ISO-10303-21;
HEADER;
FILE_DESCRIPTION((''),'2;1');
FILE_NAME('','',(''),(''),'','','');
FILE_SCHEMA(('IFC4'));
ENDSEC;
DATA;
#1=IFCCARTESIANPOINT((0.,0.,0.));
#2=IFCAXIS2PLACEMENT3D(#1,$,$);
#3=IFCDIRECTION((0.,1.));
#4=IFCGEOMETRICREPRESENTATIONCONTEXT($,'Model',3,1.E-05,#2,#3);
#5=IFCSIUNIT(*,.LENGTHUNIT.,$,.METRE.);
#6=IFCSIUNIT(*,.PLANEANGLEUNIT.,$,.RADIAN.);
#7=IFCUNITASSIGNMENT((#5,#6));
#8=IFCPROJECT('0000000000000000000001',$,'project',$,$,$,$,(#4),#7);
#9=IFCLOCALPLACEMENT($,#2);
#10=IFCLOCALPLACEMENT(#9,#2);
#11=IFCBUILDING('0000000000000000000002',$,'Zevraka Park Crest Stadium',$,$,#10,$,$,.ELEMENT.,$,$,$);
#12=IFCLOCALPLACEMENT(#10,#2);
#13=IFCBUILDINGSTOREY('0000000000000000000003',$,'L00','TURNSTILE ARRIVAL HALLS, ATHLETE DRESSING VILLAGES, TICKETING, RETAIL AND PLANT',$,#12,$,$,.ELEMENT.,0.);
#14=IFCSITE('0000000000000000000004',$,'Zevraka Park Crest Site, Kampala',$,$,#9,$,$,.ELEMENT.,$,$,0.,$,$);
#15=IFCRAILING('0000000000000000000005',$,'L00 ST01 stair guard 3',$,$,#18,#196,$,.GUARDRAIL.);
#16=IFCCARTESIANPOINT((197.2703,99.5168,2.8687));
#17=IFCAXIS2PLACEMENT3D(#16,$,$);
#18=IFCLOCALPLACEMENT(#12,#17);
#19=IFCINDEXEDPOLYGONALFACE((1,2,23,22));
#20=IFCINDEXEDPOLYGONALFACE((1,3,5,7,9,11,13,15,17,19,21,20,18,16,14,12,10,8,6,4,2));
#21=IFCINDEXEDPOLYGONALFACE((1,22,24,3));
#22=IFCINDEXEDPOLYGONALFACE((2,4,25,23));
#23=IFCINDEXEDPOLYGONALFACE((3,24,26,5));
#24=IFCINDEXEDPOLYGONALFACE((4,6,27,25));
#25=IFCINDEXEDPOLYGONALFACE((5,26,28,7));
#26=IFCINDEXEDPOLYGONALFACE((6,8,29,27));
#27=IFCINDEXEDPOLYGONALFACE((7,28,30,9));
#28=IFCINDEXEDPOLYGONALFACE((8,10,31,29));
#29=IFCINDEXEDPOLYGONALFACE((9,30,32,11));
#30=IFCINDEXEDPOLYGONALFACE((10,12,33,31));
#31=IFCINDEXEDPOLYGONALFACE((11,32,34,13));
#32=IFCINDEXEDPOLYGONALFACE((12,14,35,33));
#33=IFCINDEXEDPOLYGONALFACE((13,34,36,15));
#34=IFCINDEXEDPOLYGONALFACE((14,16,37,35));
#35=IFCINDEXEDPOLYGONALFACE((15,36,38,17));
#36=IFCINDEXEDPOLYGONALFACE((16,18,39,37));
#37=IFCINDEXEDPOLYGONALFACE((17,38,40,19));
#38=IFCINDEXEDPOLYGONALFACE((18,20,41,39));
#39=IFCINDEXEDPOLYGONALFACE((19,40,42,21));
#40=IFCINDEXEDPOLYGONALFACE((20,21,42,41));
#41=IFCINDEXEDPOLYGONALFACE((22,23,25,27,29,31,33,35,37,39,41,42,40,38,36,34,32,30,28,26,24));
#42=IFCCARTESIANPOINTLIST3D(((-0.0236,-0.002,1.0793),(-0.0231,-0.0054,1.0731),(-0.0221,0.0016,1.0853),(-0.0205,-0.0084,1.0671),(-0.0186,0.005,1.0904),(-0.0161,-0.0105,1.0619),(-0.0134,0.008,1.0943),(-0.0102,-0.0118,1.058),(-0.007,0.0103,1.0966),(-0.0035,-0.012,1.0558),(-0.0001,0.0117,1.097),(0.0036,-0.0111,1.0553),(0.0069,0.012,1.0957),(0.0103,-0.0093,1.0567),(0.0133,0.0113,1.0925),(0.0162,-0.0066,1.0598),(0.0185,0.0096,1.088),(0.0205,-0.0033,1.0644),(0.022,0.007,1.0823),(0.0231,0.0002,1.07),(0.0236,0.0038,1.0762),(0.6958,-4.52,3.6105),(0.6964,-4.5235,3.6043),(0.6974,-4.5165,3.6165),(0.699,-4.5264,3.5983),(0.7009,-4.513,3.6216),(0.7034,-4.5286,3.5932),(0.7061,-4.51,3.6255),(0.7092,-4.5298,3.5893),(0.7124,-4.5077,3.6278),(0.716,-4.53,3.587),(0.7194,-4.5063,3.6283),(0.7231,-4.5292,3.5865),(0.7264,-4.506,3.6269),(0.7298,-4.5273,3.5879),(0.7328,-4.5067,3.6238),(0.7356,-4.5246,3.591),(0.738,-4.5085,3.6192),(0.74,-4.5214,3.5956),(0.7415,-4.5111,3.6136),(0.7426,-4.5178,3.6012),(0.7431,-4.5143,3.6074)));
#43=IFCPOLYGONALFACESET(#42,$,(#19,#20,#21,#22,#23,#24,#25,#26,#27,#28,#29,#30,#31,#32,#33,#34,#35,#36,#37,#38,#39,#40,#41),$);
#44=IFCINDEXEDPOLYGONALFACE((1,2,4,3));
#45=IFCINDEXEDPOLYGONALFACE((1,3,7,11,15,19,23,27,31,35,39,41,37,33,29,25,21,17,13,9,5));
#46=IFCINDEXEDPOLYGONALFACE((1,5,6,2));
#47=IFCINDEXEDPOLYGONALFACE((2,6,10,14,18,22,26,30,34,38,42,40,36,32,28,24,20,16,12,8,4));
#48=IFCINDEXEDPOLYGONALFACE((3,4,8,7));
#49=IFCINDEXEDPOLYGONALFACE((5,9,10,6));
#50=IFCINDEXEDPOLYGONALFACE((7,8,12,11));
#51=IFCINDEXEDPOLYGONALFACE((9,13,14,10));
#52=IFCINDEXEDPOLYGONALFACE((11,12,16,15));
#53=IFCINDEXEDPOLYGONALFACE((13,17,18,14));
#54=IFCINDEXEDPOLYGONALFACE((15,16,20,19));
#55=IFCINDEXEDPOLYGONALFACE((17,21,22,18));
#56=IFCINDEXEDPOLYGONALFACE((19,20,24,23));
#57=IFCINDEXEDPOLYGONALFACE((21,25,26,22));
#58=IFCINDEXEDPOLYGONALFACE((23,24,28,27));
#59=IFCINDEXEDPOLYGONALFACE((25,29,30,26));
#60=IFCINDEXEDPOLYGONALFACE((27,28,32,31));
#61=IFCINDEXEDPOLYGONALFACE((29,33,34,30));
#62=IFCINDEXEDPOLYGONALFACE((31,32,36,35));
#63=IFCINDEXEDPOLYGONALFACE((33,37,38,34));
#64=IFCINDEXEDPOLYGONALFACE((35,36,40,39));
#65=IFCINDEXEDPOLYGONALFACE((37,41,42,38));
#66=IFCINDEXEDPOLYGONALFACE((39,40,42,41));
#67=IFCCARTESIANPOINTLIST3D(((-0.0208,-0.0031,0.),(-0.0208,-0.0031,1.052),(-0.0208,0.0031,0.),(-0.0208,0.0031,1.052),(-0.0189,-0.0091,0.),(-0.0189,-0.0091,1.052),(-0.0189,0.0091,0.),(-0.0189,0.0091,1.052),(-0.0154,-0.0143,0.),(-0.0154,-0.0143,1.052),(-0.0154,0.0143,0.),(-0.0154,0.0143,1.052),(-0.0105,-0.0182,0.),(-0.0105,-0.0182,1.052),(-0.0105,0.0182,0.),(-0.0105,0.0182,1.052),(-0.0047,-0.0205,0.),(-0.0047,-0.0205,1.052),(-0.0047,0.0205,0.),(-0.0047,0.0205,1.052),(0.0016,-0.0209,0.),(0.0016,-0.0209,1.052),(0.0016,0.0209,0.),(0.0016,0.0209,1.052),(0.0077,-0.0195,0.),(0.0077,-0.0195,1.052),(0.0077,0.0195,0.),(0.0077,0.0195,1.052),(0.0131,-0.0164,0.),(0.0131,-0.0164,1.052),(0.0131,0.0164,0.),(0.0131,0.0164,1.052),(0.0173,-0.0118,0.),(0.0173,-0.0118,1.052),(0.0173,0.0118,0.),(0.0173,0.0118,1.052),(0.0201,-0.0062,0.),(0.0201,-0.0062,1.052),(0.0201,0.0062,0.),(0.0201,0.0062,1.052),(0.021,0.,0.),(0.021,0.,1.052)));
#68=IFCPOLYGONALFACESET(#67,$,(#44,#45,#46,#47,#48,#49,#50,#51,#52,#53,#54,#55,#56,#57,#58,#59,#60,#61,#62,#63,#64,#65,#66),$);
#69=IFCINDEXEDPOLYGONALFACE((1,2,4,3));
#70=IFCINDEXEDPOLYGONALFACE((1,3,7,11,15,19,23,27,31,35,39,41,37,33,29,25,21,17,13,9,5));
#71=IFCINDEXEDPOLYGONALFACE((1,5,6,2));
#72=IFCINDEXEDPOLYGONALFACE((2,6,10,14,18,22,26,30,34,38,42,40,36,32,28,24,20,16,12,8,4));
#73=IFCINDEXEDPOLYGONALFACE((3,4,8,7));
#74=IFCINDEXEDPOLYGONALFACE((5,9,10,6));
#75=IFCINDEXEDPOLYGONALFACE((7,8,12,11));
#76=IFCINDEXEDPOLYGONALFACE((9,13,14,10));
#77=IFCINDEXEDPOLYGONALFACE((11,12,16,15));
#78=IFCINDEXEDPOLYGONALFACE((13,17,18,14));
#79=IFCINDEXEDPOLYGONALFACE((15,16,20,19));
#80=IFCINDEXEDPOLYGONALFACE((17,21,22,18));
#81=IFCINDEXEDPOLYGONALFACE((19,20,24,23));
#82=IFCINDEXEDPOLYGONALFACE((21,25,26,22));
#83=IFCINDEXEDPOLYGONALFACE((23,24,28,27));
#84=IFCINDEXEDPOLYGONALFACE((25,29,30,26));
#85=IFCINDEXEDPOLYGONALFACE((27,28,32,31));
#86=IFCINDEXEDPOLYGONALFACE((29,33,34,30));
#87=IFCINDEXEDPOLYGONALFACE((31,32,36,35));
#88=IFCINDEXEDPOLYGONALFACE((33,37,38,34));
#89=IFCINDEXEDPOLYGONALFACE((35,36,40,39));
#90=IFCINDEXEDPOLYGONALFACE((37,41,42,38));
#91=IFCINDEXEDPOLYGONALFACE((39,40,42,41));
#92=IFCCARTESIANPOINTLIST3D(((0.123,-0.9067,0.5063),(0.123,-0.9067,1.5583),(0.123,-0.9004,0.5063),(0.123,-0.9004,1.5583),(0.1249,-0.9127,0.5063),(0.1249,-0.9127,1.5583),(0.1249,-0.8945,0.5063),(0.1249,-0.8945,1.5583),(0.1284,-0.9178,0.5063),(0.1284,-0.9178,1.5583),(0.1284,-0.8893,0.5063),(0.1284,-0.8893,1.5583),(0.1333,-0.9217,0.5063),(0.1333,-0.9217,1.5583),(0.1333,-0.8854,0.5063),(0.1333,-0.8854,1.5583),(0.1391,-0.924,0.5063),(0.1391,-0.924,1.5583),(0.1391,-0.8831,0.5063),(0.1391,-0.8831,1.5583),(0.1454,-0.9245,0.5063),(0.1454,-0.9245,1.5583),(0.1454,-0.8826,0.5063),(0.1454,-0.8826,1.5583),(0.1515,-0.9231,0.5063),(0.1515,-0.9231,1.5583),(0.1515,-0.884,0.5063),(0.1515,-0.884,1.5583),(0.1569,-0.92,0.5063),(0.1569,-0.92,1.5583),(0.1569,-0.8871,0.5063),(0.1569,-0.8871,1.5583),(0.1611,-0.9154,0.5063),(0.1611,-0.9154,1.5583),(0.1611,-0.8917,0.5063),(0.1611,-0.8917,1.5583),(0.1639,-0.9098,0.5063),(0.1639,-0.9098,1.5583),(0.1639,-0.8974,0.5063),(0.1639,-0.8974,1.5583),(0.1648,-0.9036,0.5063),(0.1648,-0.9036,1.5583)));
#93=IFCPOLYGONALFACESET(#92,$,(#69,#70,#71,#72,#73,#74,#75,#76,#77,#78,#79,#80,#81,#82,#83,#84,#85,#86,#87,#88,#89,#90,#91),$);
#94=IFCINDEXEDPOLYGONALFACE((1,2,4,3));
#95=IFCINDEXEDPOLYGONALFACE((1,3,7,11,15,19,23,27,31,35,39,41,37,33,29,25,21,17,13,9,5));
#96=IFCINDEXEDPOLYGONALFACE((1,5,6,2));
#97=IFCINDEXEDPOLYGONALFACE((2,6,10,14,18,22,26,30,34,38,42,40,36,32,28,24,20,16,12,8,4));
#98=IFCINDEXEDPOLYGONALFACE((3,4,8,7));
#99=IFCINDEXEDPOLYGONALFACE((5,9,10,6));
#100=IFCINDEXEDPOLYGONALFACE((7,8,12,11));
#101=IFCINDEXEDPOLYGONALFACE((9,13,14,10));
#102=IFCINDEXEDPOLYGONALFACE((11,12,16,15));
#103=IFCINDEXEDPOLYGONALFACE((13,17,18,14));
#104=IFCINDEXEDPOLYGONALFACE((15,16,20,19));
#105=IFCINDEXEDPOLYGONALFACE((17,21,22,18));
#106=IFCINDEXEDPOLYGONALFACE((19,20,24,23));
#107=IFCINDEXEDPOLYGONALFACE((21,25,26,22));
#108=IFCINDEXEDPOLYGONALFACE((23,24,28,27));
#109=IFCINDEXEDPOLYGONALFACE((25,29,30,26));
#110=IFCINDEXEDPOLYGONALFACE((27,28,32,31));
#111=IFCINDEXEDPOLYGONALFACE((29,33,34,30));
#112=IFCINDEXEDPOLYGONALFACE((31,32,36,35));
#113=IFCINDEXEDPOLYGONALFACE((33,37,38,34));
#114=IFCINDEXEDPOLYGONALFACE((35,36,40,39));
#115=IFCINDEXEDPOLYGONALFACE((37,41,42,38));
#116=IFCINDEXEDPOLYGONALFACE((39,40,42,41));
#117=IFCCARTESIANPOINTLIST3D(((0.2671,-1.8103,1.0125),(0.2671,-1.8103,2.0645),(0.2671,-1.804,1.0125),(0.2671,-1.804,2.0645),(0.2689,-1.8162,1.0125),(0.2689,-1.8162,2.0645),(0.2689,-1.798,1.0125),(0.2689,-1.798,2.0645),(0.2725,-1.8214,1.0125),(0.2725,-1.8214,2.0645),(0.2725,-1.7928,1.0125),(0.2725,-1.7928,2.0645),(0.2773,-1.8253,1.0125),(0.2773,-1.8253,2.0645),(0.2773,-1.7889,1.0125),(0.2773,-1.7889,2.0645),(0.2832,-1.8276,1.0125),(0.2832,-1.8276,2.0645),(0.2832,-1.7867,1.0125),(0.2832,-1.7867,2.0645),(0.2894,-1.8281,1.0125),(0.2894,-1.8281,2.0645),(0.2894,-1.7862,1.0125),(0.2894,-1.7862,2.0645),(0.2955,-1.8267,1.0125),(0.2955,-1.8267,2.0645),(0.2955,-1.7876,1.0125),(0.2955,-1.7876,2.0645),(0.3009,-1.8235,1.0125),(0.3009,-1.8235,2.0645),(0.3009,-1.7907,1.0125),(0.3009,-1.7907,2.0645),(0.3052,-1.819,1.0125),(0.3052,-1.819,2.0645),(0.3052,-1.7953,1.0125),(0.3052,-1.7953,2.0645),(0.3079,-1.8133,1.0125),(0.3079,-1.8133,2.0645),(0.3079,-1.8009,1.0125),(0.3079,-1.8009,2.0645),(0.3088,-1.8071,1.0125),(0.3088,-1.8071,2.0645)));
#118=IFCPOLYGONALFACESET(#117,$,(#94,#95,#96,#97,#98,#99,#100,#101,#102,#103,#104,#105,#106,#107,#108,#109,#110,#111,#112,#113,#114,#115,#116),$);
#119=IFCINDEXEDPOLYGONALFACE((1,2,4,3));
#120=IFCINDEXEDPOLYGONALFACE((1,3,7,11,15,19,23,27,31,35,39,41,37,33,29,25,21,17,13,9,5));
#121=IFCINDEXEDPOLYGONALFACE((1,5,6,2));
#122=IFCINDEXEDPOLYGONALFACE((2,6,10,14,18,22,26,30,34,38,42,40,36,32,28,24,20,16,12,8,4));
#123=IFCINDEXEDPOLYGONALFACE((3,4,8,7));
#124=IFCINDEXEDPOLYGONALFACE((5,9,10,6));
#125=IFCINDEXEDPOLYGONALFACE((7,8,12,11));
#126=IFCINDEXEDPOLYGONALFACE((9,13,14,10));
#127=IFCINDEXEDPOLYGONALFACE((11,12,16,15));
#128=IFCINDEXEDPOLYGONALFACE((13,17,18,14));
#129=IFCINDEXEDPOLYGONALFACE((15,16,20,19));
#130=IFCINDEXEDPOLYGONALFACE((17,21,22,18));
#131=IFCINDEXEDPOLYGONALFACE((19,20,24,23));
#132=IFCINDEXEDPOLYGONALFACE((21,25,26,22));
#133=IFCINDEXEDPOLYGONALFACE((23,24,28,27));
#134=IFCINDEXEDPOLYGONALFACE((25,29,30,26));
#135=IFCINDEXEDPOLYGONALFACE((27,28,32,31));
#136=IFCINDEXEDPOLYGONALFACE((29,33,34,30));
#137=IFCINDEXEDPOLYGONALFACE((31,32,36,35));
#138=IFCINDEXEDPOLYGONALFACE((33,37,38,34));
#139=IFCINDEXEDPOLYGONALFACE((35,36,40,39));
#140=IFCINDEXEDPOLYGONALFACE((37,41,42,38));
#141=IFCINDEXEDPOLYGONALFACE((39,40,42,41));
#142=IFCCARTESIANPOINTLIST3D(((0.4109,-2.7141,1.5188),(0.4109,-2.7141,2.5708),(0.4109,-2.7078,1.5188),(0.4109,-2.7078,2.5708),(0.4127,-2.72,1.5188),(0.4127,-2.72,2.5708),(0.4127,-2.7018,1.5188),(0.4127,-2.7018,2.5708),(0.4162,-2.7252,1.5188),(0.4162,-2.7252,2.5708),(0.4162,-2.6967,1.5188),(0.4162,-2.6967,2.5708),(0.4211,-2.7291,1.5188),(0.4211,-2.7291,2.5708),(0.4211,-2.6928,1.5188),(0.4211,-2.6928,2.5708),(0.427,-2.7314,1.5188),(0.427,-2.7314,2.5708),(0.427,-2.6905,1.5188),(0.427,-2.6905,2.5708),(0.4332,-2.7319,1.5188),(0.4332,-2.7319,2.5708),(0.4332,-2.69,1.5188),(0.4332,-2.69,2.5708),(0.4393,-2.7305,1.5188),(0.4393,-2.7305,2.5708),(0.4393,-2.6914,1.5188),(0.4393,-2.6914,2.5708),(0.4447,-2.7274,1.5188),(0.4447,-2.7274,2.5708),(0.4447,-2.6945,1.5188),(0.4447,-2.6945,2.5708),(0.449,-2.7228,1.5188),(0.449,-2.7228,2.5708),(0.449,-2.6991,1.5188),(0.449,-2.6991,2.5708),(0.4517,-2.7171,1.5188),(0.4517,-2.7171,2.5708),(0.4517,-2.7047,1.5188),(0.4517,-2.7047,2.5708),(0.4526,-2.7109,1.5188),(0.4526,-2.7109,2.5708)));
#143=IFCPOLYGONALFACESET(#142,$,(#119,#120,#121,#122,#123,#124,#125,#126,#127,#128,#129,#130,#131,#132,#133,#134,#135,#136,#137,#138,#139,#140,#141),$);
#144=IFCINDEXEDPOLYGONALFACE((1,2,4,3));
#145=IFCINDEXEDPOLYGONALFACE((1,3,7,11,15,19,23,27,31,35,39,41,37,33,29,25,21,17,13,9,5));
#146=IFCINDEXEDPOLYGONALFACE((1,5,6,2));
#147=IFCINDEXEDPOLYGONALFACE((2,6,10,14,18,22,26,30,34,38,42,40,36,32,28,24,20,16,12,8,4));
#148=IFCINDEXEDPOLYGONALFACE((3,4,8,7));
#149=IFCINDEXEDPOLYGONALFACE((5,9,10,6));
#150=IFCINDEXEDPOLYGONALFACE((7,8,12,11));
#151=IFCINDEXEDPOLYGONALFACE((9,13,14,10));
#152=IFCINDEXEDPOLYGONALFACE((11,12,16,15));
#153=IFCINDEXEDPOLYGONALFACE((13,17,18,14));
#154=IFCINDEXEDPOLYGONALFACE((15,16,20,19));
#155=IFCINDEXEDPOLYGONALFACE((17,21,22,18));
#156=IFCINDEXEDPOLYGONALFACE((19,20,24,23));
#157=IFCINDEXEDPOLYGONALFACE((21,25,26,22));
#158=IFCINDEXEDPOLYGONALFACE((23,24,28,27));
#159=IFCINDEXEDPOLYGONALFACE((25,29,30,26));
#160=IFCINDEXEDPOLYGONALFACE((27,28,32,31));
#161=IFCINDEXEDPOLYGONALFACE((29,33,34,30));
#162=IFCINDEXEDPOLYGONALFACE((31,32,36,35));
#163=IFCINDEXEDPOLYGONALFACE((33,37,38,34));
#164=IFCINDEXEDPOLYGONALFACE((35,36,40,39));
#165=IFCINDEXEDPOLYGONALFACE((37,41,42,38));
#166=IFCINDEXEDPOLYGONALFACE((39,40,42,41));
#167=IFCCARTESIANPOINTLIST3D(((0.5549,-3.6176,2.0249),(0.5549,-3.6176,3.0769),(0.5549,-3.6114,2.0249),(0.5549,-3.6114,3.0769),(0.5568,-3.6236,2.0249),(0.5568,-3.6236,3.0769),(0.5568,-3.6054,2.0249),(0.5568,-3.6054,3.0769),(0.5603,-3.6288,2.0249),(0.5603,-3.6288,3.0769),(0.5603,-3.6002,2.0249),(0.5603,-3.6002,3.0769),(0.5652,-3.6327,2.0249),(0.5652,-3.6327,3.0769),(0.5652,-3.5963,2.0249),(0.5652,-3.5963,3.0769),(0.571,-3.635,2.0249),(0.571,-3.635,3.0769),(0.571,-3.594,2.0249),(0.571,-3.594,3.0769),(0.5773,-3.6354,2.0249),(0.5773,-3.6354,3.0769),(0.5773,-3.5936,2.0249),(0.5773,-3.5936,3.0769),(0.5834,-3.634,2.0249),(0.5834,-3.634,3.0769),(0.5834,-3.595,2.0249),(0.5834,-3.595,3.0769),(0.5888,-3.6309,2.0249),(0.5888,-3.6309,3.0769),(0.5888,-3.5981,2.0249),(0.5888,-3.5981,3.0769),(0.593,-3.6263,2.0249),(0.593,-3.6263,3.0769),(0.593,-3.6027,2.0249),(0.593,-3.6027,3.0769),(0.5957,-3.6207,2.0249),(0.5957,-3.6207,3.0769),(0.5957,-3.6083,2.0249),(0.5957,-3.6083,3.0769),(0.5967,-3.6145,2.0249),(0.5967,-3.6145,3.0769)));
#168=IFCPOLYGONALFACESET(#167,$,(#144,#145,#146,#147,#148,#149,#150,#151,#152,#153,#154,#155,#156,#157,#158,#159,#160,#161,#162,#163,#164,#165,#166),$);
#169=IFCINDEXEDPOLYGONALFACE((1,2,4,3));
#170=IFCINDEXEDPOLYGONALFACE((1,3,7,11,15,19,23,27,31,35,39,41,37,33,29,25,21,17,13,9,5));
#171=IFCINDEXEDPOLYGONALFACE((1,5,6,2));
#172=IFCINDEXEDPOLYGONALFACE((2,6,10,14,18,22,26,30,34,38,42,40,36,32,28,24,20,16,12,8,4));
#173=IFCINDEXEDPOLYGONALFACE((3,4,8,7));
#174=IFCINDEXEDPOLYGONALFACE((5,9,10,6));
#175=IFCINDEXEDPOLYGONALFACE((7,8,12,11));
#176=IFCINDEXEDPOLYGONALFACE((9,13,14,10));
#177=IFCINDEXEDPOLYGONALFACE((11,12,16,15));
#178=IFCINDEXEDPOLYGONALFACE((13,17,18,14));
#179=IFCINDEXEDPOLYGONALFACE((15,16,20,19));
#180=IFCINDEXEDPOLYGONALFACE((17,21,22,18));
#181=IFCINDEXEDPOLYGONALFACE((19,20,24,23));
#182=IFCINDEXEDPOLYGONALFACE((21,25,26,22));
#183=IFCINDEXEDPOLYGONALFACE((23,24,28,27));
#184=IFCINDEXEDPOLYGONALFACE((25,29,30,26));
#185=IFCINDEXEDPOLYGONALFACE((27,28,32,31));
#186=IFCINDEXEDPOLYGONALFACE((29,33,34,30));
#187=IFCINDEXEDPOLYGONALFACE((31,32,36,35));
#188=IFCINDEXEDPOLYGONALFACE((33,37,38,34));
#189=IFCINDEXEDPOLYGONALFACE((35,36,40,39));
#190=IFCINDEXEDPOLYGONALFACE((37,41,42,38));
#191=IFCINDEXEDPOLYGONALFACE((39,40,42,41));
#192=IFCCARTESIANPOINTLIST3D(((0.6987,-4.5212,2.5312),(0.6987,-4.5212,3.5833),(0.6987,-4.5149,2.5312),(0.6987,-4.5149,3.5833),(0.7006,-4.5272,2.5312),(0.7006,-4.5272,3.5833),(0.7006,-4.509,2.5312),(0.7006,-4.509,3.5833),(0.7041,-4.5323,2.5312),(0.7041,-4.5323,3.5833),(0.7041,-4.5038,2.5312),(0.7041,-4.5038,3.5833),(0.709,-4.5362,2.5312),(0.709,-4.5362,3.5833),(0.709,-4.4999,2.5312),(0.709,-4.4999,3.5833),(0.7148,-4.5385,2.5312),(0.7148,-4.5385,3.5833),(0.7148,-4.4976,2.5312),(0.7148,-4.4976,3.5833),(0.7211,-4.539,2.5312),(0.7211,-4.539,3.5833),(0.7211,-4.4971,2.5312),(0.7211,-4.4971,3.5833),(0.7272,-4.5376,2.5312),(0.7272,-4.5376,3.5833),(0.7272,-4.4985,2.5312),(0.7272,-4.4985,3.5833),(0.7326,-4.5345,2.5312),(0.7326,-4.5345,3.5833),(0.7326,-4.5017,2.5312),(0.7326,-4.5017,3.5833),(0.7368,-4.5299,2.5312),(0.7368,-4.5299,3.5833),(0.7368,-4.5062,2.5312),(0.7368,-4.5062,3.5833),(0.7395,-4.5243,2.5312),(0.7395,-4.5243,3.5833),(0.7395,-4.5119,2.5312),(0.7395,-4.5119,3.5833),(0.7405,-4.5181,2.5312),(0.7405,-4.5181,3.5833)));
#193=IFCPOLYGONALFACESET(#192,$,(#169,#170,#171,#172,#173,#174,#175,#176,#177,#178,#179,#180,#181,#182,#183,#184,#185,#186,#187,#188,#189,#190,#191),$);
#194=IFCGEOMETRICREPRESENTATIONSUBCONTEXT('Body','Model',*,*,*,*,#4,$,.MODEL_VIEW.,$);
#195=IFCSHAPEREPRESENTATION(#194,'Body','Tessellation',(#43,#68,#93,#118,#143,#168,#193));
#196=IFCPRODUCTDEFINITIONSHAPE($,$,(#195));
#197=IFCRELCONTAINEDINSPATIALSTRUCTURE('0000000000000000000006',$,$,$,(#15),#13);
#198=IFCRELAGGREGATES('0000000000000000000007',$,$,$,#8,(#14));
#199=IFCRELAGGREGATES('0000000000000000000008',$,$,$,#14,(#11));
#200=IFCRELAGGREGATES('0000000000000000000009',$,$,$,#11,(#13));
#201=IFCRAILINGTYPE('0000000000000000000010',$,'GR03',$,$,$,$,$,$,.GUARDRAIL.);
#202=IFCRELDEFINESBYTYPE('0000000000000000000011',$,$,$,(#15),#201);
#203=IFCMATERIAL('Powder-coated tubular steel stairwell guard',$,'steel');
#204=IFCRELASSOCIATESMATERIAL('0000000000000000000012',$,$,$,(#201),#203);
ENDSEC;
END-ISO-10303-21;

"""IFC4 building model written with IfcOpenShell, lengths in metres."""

from ifc_helpers import new_model, si_unit, direction, frame, origin, origin_2d, place, context, subcontext, project, spatial, circle, extrude, material, type_object, element, save


model = new_model("IFC4")

# Units and contexts
model_context = context("Model", 3, precision=1e-05, world=origin(), true_north=direction((0.0, 1.0)))
body_context = subcontext(model_context, "Body", "Model", "MODEL_VIEW")
ifc_project = project(units=[si_unit("LENGTHUNIT", "METRE"), si_unit("PLANEANGLEUNIT", "RADIAN")], contexts=[model_context])

# Site, building, storey
site_placement = place(None, origin())
site = spatial("IfcSite", under=ifc_project, at=site_placement, Name="Zevraka Park Crest Site, Kampala", CompositionType="ELEMENT", RefElevation=0.0)
building_placement = place(site_placement, origin())
building = spatial("IfcBuilding", under=site, at=building_placement, Name="Zevraka Park Crest Stadium", CompositionType="ELEMENT")
storey_placement = place(building_placement, origin())
storey = spatial("IfcBuildingStorey", under=building, at=storey_placement, Name="L00", Description="TURNSTILE ARRIVAL HALLS, ATHLETE DRESSING VILLAGES, TICKETING, RETAIL AND PLANT", CompositionType="ELEMENT", Elevation=0.0)

# Railing
ifc_material_1 = material(Name="Powder-coated tubular steel stairwell guard", Category="steel")
railing_type_1 = type_object("IfcRailingType", Name="GR03", PredefinedType="GUARDRAIL", material=ifc_material_1)
railing_1_placement = place(storey_placement, frame((197.2703, 99.5168, 2.8687)))
element("IfcRailing", 1, at=railing_1_placement, inside=storey, type_object=railing_type_1, Name="L00 ST01 stair guard 3", PredefinedType="GUARDRAIL", context=body_context, shape_type="SweptSolid", body=[
    extrude(circle(Radius=0.0239, at=origin_2d()), frame((0.0, 0.0, 1.0762), z_axis=(0.137606, -0.864113, 0.48412), x_axis=(0.987557, 0.157264, 0.0)), (0.0, 0.0, 1.0), 5.2285),
    extrude(circle(Radius=0.021, at=origin_2d()), origin(), (0.0, 0.0, 1.0), 1.052),
    extrude(circle(Radius=0.021, at=origin_2d()), frame((0.1438, -0.9036, 0.5063)), (0.0, 0.0, 1.0), 1.052),
    extrude(circle(Radius=0.021, at=origin_2d()), frame((0.2878, -1.8071, 1.0125)), (0.0, 0.0, 1.0), 1.052),
    extrude(circle(Radius=0.021, at=origin_2d()), frame((0.4316, -2.7109, 1.5188)), (0.0, 0.0, 1.0), 1.052),
    extrude(circle(Radius=0.021, at=origin_2d()), frame((0.5757, -3.6145, 2.0249)), (0.0, 0.0, 1.0), 1.052),
    extrude(circle(Radius=0.021, at=origin_2d()), frame((0.7195, -4.5181, 2.5312)), (0.0, 0.0, 1.0), 1.052),
])

save(model, "model.ifc")
